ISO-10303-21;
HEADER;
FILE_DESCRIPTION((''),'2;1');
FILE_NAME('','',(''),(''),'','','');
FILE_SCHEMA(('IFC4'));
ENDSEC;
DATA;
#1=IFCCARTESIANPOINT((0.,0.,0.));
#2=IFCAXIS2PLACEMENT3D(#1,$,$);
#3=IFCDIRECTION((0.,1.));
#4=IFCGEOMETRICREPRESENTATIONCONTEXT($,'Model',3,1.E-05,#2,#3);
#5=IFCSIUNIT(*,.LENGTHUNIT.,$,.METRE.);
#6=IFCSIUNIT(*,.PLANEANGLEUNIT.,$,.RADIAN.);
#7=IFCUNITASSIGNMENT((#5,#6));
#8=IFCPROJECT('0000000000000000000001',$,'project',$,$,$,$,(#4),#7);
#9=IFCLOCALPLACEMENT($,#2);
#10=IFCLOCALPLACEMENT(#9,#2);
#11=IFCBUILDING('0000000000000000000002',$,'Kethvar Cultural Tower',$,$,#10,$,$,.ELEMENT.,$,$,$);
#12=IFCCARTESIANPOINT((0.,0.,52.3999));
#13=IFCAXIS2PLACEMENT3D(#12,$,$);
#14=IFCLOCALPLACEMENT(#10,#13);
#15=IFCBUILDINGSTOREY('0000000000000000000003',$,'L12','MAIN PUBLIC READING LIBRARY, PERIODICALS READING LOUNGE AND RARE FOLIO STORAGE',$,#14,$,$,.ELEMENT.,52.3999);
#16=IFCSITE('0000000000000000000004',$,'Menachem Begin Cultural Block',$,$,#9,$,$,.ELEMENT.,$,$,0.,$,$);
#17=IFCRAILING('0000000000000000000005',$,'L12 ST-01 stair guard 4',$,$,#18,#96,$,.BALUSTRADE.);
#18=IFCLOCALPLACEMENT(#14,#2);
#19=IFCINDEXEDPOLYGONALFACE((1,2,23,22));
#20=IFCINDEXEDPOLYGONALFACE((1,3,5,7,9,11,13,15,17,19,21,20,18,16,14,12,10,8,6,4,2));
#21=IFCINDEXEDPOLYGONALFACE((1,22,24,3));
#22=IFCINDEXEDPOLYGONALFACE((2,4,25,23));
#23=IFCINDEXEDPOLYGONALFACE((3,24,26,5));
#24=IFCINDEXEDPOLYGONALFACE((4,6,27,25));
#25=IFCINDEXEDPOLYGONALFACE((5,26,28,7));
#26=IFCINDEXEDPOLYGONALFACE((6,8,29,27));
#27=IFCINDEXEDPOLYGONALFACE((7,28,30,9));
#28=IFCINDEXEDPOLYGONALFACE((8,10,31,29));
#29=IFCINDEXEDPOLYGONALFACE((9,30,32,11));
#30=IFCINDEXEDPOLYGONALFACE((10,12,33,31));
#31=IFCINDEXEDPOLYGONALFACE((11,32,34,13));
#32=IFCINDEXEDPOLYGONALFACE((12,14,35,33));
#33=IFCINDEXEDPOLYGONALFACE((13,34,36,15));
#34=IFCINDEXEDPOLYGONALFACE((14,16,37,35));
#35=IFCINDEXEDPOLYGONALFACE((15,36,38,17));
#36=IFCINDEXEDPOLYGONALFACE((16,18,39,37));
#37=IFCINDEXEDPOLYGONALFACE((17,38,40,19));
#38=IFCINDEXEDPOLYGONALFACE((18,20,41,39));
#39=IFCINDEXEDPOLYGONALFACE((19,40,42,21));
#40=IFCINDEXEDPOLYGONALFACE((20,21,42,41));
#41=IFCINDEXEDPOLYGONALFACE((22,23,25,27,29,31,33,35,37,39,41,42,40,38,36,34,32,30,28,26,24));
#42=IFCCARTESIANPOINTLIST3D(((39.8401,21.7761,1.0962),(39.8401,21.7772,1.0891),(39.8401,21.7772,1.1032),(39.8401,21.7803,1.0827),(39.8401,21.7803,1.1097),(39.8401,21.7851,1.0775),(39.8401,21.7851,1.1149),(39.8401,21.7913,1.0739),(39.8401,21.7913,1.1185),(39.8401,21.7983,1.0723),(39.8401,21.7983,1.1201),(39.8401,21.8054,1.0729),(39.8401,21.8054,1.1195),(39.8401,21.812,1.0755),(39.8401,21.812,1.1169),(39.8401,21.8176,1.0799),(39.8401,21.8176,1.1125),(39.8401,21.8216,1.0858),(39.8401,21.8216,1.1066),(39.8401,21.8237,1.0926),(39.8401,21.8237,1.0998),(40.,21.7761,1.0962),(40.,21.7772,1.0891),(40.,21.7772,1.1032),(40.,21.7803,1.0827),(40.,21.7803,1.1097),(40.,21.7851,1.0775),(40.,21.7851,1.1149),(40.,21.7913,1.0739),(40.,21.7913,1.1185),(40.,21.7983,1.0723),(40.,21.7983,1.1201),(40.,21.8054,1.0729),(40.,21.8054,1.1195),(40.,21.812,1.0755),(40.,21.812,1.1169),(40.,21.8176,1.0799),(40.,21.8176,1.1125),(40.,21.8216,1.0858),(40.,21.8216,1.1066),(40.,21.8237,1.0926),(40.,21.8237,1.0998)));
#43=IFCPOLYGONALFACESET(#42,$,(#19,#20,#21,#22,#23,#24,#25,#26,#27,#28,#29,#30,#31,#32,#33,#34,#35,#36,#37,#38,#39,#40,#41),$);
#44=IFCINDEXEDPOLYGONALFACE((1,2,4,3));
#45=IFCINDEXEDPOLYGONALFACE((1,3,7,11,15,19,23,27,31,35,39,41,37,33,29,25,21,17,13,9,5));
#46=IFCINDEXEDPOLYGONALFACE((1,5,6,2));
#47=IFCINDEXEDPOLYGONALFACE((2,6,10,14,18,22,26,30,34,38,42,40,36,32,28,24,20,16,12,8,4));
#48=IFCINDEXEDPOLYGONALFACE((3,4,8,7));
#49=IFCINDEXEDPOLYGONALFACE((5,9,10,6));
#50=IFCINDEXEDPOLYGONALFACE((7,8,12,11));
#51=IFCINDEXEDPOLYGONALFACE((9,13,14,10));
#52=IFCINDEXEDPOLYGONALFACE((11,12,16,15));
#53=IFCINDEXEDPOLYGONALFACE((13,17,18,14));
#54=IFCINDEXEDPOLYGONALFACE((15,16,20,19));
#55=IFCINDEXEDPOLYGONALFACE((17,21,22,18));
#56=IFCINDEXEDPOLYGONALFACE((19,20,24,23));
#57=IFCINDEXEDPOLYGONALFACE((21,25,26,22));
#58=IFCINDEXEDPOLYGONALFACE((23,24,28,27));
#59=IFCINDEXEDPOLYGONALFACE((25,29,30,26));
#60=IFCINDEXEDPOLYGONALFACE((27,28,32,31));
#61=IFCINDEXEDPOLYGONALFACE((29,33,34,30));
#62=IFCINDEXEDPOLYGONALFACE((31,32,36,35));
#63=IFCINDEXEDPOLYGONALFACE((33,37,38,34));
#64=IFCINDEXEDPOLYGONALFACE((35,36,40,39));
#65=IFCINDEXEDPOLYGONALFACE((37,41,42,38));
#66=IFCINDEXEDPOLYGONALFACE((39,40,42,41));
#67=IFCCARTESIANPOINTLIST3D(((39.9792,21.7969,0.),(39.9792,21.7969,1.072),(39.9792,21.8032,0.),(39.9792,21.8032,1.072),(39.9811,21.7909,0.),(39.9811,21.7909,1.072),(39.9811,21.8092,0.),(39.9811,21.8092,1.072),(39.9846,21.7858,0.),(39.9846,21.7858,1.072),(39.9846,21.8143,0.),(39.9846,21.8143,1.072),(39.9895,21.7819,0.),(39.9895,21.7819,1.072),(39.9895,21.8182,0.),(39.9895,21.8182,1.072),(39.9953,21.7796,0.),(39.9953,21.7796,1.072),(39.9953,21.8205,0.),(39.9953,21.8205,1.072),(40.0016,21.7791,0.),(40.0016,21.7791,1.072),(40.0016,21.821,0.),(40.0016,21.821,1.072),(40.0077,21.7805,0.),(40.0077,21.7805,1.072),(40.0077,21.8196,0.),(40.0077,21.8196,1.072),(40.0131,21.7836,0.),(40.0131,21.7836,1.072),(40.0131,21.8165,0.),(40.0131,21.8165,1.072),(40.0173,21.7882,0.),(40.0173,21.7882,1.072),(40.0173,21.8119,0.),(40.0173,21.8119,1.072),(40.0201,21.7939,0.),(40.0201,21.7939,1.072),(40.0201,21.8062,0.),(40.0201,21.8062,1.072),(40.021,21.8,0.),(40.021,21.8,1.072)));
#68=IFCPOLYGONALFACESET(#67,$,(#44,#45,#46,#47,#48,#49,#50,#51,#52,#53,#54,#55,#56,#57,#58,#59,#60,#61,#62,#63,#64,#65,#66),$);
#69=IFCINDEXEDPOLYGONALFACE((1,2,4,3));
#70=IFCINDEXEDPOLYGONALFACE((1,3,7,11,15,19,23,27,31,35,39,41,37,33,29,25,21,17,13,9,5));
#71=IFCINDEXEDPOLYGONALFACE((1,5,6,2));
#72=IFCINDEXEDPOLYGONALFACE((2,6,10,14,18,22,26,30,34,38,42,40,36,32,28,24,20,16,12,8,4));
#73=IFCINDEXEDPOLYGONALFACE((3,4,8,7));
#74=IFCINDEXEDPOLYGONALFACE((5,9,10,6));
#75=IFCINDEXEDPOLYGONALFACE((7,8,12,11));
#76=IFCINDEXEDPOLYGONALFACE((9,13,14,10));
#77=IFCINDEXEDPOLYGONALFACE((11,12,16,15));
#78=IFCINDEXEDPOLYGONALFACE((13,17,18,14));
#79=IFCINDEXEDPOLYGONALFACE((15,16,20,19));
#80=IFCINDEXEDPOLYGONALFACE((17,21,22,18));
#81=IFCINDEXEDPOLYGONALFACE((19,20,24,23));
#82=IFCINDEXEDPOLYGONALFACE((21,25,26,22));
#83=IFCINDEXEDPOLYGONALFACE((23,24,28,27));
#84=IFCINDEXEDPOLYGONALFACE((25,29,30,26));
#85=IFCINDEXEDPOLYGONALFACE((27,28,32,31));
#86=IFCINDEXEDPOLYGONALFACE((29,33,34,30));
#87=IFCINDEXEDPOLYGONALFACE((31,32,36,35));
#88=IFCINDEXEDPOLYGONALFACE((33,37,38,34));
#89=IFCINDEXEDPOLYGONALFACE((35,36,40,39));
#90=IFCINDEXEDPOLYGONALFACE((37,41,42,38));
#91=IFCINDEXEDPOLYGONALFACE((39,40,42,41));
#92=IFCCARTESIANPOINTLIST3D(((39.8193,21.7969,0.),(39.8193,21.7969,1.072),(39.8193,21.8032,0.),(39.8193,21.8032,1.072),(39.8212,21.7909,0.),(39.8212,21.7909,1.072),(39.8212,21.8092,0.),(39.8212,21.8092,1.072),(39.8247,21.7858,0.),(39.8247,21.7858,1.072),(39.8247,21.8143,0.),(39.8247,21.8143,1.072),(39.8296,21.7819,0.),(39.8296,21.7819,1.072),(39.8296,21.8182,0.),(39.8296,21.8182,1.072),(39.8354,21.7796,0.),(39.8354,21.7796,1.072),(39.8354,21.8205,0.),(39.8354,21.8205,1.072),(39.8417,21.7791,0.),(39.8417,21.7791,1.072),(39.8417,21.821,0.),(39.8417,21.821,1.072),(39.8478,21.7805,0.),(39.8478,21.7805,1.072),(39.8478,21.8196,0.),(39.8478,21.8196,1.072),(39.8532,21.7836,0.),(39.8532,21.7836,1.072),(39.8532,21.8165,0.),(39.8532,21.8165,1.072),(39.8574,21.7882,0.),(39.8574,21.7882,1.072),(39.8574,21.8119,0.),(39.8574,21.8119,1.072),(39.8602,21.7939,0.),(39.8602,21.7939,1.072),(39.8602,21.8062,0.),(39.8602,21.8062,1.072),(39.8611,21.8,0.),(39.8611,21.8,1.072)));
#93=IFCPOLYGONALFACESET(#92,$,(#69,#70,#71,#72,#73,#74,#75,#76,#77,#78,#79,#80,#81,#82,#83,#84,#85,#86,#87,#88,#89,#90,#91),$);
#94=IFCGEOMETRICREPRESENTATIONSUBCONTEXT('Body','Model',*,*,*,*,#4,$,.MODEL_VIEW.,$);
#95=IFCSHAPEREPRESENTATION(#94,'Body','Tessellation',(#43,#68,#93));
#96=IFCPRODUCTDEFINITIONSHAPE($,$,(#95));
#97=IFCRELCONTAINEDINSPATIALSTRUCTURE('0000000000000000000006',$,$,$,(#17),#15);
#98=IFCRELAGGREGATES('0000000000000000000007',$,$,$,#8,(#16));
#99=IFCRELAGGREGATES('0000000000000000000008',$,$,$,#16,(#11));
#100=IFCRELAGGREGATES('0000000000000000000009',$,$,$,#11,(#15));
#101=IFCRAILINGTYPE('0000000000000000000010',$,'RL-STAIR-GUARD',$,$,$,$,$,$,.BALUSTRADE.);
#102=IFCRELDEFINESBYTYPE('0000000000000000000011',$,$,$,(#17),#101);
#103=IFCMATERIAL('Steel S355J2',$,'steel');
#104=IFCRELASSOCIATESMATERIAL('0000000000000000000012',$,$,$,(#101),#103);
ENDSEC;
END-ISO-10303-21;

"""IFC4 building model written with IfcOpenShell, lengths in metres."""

from ifc_helpers import new_model, si_unit, direction, frame, origin, origin_2d, place, context, subcontext, project, spatial, circle, extrude, material, type_object, element, save


model = new_model("IFC4")

# Units and contexts
model_context = context("Model", 3, precision=1e-05, world=origin(), true_north=direction((0.0, 1.0)))
body_context = subcontext(model_context, "Body", "Model", "MODEL_VIEW")
ifc_project = project(units=[si_unit("LENGTHUNIT", "METRE"), si_unit("PLANEANGLEUNIT", "RADIAN")], contexts=[model_context])

# Site, building, storey
site_placement = place(None, origin())
site = spatial("IfcSite", under=ifc_project, at=site_placement, Name="Menachem Begin Cultural Block", CompositionType="ELEMENT", RefElevation=0.0)
building_placement = place(site_placement, origin())
building = spatial("IfcBuilding", under=site, at=building_placement, Name="Kethvar Cultural Tower", CompositionType="ELEMENT")
storey_placement = place(building_placement, frame((0.0, 0.0, 52.3999)))
storey = spatial("IfcBuildingStorey", under=building, at=storey_placement, Name="L12", Description="MAIN PUBLIC READING LIBRARY, PERIODICALS READING LOUNGE AND RARE FOLIO STORAGE", CompositionType="ELEMENT", Elevation=52.3999)

# Shared definitions
ifc_material_1 = material(Name="Steel S355J2", Category="steel")

# Railing
railing_type_1 = type_object("IfcRailingType", Name="RL-STAIR-GUARD", PredefinedType="BALUSTRADE", material=ifc_material_1)
railing_1_placement = place(storey_placement, frame((40.0, 21.8, 0.0)))
element("IfcRailing", 1, at=railing_1_placement, inside=storey, type_object=railing_type_1, Name="L12 ST-01 stair guard 4", PredefinedType="BALUSTRADE", context=body_context, shape_type="SweptSolid", body=[
    extrude(circle(Radius=0.0239, at=origin_2d()), frame((0.0, 0.0, 1.0962), z_axis=(-1.0, 0.0, 0.0), x_axis=(0.0, -1.0, 0.0)), (0.0, 0.0, 1.0), 0.1599),
    extrude(circle(Radius=0.021, at=origin_2d()), origin(), (0.0, 0.0, 1.0), 1.072),
    extrude(circle(Radius=0.021, at=origin_2d()), frame((-0.1599, 0.0, 0.0)), (0.0, 0.0, 1.0), 1.072),
])

save(model, "model.ifc")
